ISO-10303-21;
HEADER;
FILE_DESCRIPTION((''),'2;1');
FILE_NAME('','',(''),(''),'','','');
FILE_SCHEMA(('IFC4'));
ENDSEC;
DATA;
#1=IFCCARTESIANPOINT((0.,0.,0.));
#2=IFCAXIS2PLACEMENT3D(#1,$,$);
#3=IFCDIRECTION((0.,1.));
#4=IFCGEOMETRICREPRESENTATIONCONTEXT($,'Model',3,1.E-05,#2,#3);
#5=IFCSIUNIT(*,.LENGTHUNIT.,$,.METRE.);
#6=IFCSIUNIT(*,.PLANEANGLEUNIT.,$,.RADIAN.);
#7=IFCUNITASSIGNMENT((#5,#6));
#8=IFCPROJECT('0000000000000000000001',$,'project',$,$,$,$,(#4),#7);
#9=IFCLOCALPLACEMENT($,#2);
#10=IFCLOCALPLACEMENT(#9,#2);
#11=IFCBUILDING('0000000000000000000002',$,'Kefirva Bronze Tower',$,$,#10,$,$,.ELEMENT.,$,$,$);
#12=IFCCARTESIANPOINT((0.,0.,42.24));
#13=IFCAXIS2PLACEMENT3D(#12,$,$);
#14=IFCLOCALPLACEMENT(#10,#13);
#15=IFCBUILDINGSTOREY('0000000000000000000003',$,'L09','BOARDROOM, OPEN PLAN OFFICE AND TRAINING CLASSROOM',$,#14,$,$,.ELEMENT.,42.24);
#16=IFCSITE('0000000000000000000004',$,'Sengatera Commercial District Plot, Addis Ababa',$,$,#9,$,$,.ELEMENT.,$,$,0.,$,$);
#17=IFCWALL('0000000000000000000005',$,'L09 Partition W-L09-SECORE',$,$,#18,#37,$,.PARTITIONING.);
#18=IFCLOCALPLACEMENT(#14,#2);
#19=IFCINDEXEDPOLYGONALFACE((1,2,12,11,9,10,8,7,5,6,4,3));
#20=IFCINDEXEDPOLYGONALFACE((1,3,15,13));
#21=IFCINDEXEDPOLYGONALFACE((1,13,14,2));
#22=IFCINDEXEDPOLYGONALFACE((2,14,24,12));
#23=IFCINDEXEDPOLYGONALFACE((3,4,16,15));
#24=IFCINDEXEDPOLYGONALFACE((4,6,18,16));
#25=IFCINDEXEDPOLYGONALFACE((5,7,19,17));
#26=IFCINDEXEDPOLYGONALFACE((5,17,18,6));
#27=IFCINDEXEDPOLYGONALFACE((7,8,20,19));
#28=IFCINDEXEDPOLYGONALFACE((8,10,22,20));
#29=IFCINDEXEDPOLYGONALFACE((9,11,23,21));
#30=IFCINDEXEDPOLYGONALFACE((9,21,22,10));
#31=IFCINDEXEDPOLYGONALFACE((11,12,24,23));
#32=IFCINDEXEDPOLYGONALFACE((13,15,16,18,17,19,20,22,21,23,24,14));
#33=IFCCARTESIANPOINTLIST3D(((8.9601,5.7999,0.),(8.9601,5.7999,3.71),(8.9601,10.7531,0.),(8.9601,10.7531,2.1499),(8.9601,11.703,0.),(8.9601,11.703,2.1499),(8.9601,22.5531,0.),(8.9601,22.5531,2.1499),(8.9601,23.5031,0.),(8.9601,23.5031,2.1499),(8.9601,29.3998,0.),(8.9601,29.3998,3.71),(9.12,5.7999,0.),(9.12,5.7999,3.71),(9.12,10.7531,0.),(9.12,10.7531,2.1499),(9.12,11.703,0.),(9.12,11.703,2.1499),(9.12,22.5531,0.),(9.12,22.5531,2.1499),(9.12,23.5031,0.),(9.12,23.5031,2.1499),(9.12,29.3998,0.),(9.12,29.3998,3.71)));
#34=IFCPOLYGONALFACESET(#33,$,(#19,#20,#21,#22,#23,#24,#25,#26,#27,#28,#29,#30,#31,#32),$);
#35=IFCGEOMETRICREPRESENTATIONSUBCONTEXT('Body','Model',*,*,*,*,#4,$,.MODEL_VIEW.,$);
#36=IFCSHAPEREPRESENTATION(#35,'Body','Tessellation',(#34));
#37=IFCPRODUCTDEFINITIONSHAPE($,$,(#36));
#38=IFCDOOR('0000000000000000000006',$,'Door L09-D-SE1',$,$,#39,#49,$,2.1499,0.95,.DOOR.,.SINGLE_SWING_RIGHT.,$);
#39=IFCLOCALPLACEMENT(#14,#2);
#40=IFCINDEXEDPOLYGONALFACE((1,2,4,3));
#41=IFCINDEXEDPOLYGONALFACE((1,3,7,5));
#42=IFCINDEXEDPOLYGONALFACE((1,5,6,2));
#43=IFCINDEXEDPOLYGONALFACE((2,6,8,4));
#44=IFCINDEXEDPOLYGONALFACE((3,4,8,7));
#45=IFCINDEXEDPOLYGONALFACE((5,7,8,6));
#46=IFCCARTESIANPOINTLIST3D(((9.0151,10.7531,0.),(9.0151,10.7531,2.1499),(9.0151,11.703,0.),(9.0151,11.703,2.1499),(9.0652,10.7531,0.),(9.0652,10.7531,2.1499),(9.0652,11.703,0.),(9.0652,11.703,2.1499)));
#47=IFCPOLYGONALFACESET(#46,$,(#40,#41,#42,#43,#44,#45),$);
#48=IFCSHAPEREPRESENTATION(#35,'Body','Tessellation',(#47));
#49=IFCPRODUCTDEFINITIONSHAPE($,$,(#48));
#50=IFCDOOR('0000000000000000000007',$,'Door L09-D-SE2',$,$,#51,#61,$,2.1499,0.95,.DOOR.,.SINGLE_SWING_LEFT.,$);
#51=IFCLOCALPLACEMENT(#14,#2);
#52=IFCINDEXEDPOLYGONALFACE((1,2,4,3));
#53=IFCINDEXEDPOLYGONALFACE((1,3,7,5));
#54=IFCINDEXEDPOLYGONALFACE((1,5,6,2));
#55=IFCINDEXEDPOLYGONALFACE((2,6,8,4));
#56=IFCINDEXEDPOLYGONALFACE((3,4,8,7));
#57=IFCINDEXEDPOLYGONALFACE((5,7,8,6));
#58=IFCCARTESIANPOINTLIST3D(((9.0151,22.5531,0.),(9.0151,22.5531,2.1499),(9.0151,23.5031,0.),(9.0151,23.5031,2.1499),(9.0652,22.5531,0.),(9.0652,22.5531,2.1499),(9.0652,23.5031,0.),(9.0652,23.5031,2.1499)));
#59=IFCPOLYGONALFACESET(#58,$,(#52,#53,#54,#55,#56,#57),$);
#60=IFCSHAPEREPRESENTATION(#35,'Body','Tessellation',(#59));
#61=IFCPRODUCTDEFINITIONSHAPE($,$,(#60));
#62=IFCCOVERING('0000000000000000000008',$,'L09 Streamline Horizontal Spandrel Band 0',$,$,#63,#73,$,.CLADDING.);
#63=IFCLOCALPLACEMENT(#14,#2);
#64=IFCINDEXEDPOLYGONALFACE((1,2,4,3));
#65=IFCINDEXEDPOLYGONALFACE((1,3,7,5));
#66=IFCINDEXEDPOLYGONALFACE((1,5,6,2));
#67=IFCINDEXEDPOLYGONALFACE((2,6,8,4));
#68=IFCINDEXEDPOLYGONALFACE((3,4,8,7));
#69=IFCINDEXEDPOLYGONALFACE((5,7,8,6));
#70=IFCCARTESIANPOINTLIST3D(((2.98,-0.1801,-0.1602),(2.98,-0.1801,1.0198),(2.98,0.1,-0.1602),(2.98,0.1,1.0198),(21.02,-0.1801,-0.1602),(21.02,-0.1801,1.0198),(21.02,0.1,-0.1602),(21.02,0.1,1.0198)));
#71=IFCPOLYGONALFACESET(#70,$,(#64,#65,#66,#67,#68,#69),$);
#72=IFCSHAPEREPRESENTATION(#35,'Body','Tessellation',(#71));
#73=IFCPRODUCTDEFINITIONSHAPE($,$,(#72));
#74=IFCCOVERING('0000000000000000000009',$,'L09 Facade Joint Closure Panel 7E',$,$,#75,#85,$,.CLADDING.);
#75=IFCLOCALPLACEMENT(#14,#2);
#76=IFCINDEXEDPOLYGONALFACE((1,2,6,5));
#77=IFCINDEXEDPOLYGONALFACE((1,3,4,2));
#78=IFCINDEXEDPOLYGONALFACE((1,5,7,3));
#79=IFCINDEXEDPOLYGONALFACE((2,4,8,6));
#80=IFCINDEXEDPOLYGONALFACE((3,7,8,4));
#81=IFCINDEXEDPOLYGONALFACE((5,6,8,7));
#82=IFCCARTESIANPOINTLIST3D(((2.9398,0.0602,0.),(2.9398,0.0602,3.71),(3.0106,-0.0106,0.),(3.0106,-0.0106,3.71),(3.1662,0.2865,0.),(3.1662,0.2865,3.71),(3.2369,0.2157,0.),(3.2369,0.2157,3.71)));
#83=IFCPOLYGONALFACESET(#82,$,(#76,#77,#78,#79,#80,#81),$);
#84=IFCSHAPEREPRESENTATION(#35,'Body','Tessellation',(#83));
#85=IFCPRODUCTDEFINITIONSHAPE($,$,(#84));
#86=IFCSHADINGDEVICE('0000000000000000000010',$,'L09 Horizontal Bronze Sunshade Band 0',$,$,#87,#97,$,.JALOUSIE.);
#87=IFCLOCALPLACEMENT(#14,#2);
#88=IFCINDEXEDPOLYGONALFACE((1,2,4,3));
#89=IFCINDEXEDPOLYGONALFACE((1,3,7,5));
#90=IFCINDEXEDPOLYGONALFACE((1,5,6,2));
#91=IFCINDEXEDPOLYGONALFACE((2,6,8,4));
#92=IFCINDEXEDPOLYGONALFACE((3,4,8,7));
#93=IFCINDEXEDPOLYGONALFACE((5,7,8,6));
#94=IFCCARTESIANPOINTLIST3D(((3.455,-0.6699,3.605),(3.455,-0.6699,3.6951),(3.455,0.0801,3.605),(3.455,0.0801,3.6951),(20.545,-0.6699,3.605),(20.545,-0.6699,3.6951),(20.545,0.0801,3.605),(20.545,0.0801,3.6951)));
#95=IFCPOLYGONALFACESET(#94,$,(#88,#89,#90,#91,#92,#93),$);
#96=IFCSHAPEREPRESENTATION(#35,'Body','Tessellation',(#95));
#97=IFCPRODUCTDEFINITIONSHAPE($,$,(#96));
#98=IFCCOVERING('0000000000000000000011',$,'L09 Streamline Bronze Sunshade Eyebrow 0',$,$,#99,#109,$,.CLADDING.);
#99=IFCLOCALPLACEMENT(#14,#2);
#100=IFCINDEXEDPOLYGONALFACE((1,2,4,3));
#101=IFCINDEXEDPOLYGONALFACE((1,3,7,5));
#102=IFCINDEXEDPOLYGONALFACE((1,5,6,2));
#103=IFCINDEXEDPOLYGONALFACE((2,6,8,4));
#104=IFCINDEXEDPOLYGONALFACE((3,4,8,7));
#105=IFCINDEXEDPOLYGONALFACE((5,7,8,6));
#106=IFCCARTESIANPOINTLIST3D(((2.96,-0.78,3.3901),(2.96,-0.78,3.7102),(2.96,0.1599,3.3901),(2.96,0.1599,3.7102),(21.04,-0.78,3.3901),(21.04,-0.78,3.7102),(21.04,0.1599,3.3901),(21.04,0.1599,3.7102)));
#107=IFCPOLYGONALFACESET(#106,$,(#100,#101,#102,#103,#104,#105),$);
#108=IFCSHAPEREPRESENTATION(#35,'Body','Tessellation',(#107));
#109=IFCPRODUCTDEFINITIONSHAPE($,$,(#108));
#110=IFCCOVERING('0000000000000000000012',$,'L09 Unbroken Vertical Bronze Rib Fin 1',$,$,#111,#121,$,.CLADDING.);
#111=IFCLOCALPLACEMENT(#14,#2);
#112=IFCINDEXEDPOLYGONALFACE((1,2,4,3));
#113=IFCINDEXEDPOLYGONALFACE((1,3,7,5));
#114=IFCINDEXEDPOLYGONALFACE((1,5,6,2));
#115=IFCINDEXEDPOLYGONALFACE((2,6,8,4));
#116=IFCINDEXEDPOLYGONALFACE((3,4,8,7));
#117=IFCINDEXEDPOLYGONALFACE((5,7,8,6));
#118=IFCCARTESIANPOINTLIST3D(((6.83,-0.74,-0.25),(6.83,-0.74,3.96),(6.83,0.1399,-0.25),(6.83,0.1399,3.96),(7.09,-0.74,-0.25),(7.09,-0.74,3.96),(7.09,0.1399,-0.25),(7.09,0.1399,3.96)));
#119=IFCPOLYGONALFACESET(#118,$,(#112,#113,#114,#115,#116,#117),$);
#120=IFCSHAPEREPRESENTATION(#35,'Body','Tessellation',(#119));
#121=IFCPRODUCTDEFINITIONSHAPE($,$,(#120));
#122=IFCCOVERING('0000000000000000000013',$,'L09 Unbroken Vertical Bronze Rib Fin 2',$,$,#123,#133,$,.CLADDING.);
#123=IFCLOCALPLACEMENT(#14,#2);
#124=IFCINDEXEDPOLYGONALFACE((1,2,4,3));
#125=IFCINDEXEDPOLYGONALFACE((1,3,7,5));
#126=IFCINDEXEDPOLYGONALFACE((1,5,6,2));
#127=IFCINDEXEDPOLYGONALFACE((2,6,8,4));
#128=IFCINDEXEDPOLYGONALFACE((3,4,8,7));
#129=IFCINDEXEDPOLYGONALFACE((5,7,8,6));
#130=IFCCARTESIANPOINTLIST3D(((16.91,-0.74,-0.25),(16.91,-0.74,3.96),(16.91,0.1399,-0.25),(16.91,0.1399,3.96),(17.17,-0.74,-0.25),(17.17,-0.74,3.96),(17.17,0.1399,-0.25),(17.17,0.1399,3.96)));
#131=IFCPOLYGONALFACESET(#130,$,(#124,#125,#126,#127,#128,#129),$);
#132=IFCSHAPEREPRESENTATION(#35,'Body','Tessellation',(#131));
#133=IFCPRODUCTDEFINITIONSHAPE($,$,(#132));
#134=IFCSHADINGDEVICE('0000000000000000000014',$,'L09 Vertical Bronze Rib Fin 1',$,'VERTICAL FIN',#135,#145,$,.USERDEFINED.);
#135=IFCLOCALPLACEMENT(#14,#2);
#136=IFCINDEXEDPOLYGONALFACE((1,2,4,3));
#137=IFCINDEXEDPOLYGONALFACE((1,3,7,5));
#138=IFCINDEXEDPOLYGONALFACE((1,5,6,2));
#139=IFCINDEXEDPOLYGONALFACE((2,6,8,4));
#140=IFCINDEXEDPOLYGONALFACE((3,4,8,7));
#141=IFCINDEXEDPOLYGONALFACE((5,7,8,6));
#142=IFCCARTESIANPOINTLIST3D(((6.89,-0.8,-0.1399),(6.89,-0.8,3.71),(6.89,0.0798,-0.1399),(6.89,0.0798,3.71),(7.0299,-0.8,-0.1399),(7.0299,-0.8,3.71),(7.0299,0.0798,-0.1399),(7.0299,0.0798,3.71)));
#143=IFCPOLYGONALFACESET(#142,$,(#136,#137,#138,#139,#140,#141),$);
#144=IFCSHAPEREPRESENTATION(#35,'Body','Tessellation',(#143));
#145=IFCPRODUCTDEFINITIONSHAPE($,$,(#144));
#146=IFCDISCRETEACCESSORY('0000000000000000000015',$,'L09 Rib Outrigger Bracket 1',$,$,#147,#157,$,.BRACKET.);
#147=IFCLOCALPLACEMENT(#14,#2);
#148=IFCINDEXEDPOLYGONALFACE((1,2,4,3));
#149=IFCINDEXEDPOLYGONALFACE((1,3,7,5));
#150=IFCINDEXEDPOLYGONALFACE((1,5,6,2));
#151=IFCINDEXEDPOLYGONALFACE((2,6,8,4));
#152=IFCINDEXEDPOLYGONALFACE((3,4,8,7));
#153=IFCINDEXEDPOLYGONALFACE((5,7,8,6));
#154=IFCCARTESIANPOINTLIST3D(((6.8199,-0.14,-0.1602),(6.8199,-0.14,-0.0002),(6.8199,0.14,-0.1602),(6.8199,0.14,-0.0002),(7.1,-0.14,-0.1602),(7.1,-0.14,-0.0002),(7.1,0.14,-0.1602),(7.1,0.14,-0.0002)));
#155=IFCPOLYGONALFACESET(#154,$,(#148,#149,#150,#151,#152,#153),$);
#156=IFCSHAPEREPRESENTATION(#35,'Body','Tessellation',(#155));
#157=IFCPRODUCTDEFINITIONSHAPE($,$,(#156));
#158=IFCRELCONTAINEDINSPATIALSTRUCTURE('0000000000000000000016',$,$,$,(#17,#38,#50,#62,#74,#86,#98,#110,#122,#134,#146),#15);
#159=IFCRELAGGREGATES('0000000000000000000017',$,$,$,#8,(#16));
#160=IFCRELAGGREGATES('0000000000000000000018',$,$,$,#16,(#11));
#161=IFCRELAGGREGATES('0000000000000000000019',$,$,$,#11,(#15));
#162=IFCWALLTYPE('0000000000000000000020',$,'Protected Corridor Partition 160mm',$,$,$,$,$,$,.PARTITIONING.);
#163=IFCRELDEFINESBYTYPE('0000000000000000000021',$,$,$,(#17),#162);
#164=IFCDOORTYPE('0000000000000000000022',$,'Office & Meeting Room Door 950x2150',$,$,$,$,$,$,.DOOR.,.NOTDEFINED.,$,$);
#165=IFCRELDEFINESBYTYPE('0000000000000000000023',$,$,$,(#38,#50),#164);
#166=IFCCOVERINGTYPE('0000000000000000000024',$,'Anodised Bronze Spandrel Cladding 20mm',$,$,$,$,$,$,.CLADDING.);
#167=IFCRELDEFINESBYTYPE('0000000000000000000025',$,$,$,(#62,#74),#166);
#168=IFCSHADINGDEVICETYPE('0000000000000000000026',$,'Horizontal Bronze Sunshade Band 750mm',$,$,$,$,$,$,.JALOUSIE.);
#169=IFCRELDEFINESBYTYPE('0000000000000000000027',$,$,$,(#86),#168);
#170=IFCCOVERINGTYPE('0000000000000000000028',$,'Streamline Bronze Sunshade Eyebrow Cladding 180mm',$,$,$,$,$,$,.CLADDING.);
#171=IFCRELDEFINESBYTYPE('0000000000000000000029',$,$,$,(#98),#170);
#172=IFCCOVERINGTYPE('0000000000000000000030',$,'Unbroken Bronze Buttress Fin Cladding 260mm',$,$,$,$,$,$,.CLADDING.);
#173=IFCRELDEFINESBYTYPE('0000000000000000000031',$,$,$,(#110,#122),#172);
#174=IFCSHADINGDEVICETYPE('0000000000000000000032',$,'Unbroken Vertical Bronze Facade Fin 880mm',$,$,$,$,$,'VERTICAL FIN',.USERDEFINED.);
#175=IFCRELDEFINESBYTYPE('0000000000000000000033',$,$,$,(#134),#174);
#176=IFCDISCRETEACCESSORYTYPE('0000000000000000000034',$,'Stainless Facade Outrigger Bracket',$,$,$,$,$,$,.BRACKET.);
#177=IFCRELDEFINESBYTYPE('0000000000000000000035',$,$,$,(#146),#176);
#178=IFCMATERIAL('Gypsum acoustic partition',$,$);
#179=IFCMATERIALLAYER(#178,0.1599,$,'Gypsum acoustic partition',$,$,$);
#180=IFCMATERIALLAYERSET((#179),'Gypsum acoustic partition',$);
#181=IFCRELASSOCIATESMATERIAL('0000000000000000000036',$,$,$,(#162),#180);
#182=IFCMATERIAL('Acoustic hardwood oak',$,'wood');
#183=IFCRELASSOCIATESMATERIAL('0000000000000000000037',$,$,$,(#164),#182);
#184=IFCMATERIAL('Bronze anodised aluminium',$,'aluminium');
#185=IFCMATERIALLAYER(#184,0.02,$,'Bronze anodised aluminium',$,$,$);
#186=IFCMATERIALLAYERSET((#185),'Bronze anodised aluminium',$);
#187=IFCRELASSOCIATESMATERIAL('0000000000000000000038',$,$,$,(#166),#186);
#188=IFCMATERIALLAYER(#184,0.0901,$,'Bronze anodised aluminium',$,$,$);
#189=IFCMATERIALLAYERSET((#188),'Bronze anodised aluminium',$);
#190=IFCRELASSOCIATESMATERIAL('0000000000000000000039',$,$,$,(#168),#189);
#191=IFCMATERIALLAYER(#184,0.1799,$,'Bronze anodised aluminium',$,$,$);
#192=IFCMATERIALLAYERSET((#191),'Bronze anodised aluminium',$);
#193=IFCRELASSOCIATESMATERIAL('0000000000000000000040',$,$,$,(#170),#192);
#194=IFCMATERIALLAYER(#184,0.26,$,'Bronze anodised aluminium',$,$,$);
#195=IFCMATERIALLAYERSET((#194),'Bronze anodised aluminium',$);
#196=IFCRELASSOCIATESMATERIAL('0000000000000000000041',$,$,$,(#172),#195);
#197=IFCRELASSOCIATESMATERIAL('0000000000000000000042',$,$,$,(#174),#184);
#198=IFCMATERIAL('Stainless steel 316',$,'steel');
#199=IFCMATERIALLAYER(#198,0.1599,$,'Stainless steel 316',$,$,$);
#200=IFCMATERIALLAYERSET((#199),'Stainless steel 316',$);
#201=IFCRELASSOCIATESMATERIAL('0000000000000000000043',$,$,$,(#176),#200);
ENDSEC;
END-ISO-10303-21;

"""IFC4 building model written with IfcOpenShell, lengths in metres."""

from ifc_helpers import new_model, si_unit, direction, frame, frame_2d, origin, origin_2d, place, context, subcontext, project, spatial, rectangle, extrude, material, layer, layer_set, material_profile, profile_set, type_object, element, fill, save


model = new_model("IFC4")

# Units and contexts
model_context = context("Model", 3, precision=1e-05, world=origin(), true_north=direction((0.0, 1.0)))
body_context = subcontext(model_context, "Body", "Model", "MODEL_VIEW")
ifc_project = project(units=[si_unit("LENGTHUNIT", "METRE"), si_unit("PLANEANGLEUNIT", "RADIAN")], contexts=[model_context])

# Site, building, storey
site_placement = place(None, origin())
site = spatial("IfcSite", under=ifc_project, at=site_placement, Name="Sengatera Commercial District Plot, Addis Ababa", CompositionType="ELEMENT", RefElevation=0.0)
building_placement = place(site_placement, origin())
building = spatial("IfcBuilding", under=site, at=building_placement, Name="Kefirva Bronze Tower", CompositionType="ELEMENT")
storey_placement = place(building_placement, frame((0.0, 0.0, 42.24)))
storey = spatial("IfcBuildingStorey", under=building, at=storey_placement, Name="L09", Description="BOARDROOM, OPEN PLAN OFFICE AND TRAINING CLASSROOM", CompositionType="ELEMENT", Elevation=42.24)

# Shared definitions
ifc_material_1 = material(Name="Bronze anodised aluminium", Category="aluminium")

# Shared definitions
ifc_material_2 = material(Name="Gypsum acoustic partition")

# Wall, openings, doors
ifc_layer_1 = layer(ifc_material_2, 0.1599, Name="Gypsum acoustic partition")
ifc_layer_set_1 = layer_set([ifc_layer_1], Name="Gypsum acoustic partition")
wall_type_1 = type_object("IfcWallType", Name="Protected Corridor Partition 160mm", PredefinedType="PARTITIONING", material=ifc_layer_set_1)
ifc_material_3 = material(Name="Acoustic hardwood oak", Category="wood")
door_type = type_object("IfcDoorType", Name="Office & Meeting Room Door 950x2150", OperationType="NOTDEFINED", PredefinedType="DOOR", material=ifc_material_3)
wall_1_placement = place(storey_placement, frame((9.04, 5.8, 0.0), z_axis=(0.0, 0.0, 1.0), x_axis=(0.0, 1.0, 0.0)))
wall_1 = element("IfcWall", 1, at=wall_1_placement, inside=storey, type_object=wall_type_1, Name="L09 Partition W-L09-SECORE", PredefinedType="PARTITIONING", context=body_context, shape_type="SweptSolid", body=[
    extrude(rectangle(XDim=23.5999, YDim=0.1599, at=frame_2d((11.7998, 0.0))), origin(), (0.0, 0.0, 1.0), 3.71),
])
opening_1_placement = place(wall_1_placement, frame((4.9529, 0.0, 0.0)))
opening_1 = element("IfcOpeningElement", 2, at=opening_1_placement, cuts=wall_1, PredefinedType="OPENING", context=body_context, shape_type="SweptSolid", body=[
    extrude(rectangle(XDim=0.95, YDim=2.1499, at=frame_2d((0.4751, 1.075))), frame((0.0, 0.0898, 0.0), z_axis=(0.0, -1.0, 0.0), x_axis=(1.0, 0.0, 0.0)), (0.0, 0.0, 1.0), 0.1799),
])
opening_2_placement = place(wall_1_placement, frame((16.7529, 0.0, 0.0)))
opening_2 = element("IfcOpeningElement", 3, at=opening_2_placement, cuts=wall_1, PredefinedType="OPENING", context=body_context, shape_type="SweptSolid", body=[
    extrude(rectangle(XDim=0.95, YDim=2.1499, at=frame_2d((0.4751, 1.075))), frame((0.0, 0.0898, 0.0), z_axis=(0.0, -1.0, 0.0), x_axis=(1.0, 0.0, 0.0)), (0.0, 0.0, 1.0), 0.1799),
])
door_1_placement = place(opening_1_placement, origin())
door_1 = element("IfcDoor", 4, at=door_1_placement, inside=storey, type_object=door_type, Name="Door L09-D-SE1", OperationType="SINGLE_SWING_RIGHT", OverallHeight=2.1499, OverallWidth=0.95, PredefinedType="DOOR", context=body_context, shape_type="SweptSolid", body=[
    extrude(rectangle(XDim=0.95, YDim=2.1499, at=frame_2d((0.4751, 1.075))), frame((0.0, 0.0249, 0.0), z_axis=(0.0, -1.0, 0.0), x_axis=(1.0, 0.0, 0.0)), (0.0, 0.0, 1.0), 0.05),
])
fill(opening_1, door_1)
door_2_placement = place(opening_2_placement, origin())
door_2 = element("IfcDoor", 5, at=door_2_placement, inside=storey, type_object=door_type, Name="Door L09-D-SE2", OperationType="SINGLE_SWING_LEFT", OverallHeight=2.1499, OverallWidth=0.95, PredefinedType="DOOR", context=body_context, shape_type="SweptSolid", body=[
    extrude(rectangle(XDim=0.95, YDim=2.1499, at=frame_2d((0.4751, 1.075))), frame((0.0, 0.0249, 0.0), z_axis=(0.0, -1.0, 0.0), x_axis=(1.0, 0.0, 0.0)), (0.0, 0.0, 1.0), 0.05),
])
fill(opening_2, door_2)

# Coverings
ifc_layer_2 = layer(ifc_material_1, 0.02, Name="Bronze anodised aluminium")
ifc_layer_set_2 = layer_set([ifc_layer_2], Name="Bronze anodised aluminium")
covering_type_1 = type_object("IfcCoveringType", Name="Anodised Bronze Spandrel Cladding 20mm", PredefinedType="CLADDING", material=ifc_layer_set_2)
covering_1_placement = place(storey_placement, frame((12.0, -0.04, -0.1602), z_axis=(0.0, 0.0, 1.0), x_axis=(1.0, 0.0, 0.0)))
element("IfcCovering", 6, at=covering_1_placement, inside=storey, type_object=covering_type_1, Name="L09 Streamline Horizontal Spandrel Band 0", PredefinedType="CLADDING", context=body_context, shape_type="SweptSolid", body=[
    extrude(rectangle(XDim=18.04, YDim=0.28, at=origin_2d()), origin(), (0.0, 0.0, 1.0), 1.1799),
])
covering_2_placement = place(storey_placement, frame((3.0884, 0.1379, 0.0), z_axis=(0.0, 0.0, 1.0), x_axis=(0.707107, -0.707107, 0.0)))
element("IfcCovering", 7, at=covering_2_placement, inside=storey, type_object=covering_type_1, Name="L09 Facade Joint Closure Panel 7E", PredefinedType="CLADDING", context=body_context, shape_type="SweptSolid", body=[
    extrude(rectangle(XDim=0.1001, YDim=0.3201, at=origin_2d()), origin(), (0.0, 0.0, 1.0), 3.71),
])

# Shading device
ifc_layer_3 = layer(ifc_material_1, 0.0901, Name="Bronze anodised aluminium")
ifc_layer_set_3 = layer_set([ifc_layer_3], Name="Bronze anodised aluminium")
shading_device_type_1 = type_object("IfcShadingDeviceType", Name="Horizontal Bronze Sunshade Band 750mm", PredefinedType="JALOUSIE", material=ifc_layer_set_3)
shading_device_1_placement = place(storey_placement, frame((12.0, -0.2949, 3.605), z_axis=(0.0, 0.0, 1.0), x_axis=(1.0, 0.0, 0.0)))
element("IfcShadingDevice", 8, at=shading_device_1_placement, inside=storey, type_object=shading_device_type_1, Name="L09 Horizontal Bronze Sunshade Band 0", PredefinedType="JALOUSIE", context=body_context, shape_type="SweptSolid", body=[
    extrude(rectangle(XDim=17.0901, YDim=0.75, at=origin_2d()), origin(), (0.0, 0.0, 1.0), 0.0901),
])

# Coverings
ifc_layer_4 = layer(ifc_material_1, 0.1799, Name="Bronze anodised aluminium")
ifc_layer_set_4 = layer_set([ifc_layer_4], Name="Bronze anodised aluminium")
covering_type_2 = type_object("IfcCoveringType", Name="Streamline Bronze Sunshade Eyebrow Cladding 180mm", PredefinedType="CLADDING", material=ifc_layer_set_4)
covering_3_placement = place(storey_placement, frame((12.0, -0.3101, 3.3901), z_axis=(0.0, 0.0, 1.0), x_axis=(1.0, 0.0, 0.0)))
element("IfcCovering", 9, at=covering_3_placement, inside=storey, type_object=covering_type_2, Name="L09 Streamline Bronze Sunshade Eyebrow 0", PredefinedType="CLADDING", context=body_context, shape_type="SweptSolid", body=[
    extrude(rectangle(XDim=18.0801, YDim=0.9399, at=origin_2d()), origin(), (0.0, 0.0, 1.0), 0.3201),
])
ifc_layer_5 = layer(ifc_material_1, 0.26, Name="Bronze anodised aluminium")
ifc_layer_set_5 = layer_set([ifc_layer_5], Name="Bronze anodised aluminium")
covering_type_3 = type_object("IfcCoveringType", Name="Unbroken Bronze Buttress Fin Cladding 260mm", PredefinedType="CLADDING", material=ifc_layer_set_5)
for number, where, z_axis, x_axis, name in (
    (10, (6.96, -0.3, -0.25), (0.0, 0.0, 1.0), (1.0, 0.0, 0.0), "L09 Unbroken Vertical Bronze Rib Fin 1"),
    (11, (17.04, -0.3, -0.25), (0.0, 0.0, 1.0), (1.0, 0.0, 0.0), "L09 Unbroken Vertical Bronze Rib Fin 2"),
):
    element("IfcCovering", number, at=place(storey_placement, frame(where, z_axis=z_axis, x_axis=x_axis)), inside=storey, type_object=covering_type_3, Name=name, PredefinedType="CLADDING", context=body_context, shape_type="SweptSolid", body=[
        extrude(rectangle(XDim=0.26, YDim=0.8799, at=origin_2d()), origin(), (0.0, 0.0, 1.0), 4.21),
    ])

# Shading device
ifc_material_profile_1 = material_profile(ifc_material_1, rectangle(XDim=0.1399, YDim=0.8799, at=origin_2d()), Name="BRONZE FIN 140x880")
ifc_profile_set_1 = profile_set([ifc_material_profile_1], Name="Bronze anodised aluminium")
shading_device_type_2 = type_object("IfcShadingDeviceType", Name="Unbroken Vertical Bronze Facade Fin 880mm", ElementType="VERTICAL FIN", PredefinedType="USERDEFINED", material=ifc_profile_set_1)
shading_device_2_placement = place(storey_placement, frame((6.96, -0.3601, -0.1399), z_axis=(0.0, 0.0, 1.0), x_axis=(1.0, 0.0, 0.0)))
element("IfcShadingDevice", 12, at=shading_device_2_placement, inside=storey, type_object=shading_device_type_2, Name="L09 Vertical Bronze Rib Fin 1", ObjectType="VERTICAL FIN", PredefinedType="USERDEFINED", context=body_context, shape_type="SweptSolid", body=[
    extrude(rectangle(XDim=0.1399, YDim=0.8799, at=origin_2d()), origin(), (0.0, 0.0, 1.0), 3.8499),
])

# Discrete accessory
ifc_material_4 = material(Name="Stainless steel 316", Category="steel")
ifc_layer_6 = layer(ifc_material_4, 0.1599, Name="Stainless steel 316")
ifc_layer_set_6 = layer_set([ifc_layer_6], Name="Stainless steel 316")
discrete_accessory_type = type_object("IfcDiscreteAccessoryType", Name="Stainless Facade Outrigger Bracket", PredefinedType="BRACKET", material=ifc_layer_set_6)
discrete_accessory_placement = place(storey_placement, frame((6.96, 0.0, -0.1602), z_axis=(0.0, 0.0, 1.0), x_axis=(1.0, 0.0, 0.0)))
element("IfcDiscreteAccessory", 13, at=discrete_accessory_placement, inside=storey, type_object=discrete_accessory_type, Name="L09 Rib Outrigger Bracket 1", PredefinedType="BRACKET", context=body_context, shape_type="SweptSolid", body=[
    extrude(rectangle(XDim=0.28, YDim=0.28, at=origin_2d()), origin(), (0.0, 0.0, 1.0), 0.1599),
])

save(model, "model.ifc")
